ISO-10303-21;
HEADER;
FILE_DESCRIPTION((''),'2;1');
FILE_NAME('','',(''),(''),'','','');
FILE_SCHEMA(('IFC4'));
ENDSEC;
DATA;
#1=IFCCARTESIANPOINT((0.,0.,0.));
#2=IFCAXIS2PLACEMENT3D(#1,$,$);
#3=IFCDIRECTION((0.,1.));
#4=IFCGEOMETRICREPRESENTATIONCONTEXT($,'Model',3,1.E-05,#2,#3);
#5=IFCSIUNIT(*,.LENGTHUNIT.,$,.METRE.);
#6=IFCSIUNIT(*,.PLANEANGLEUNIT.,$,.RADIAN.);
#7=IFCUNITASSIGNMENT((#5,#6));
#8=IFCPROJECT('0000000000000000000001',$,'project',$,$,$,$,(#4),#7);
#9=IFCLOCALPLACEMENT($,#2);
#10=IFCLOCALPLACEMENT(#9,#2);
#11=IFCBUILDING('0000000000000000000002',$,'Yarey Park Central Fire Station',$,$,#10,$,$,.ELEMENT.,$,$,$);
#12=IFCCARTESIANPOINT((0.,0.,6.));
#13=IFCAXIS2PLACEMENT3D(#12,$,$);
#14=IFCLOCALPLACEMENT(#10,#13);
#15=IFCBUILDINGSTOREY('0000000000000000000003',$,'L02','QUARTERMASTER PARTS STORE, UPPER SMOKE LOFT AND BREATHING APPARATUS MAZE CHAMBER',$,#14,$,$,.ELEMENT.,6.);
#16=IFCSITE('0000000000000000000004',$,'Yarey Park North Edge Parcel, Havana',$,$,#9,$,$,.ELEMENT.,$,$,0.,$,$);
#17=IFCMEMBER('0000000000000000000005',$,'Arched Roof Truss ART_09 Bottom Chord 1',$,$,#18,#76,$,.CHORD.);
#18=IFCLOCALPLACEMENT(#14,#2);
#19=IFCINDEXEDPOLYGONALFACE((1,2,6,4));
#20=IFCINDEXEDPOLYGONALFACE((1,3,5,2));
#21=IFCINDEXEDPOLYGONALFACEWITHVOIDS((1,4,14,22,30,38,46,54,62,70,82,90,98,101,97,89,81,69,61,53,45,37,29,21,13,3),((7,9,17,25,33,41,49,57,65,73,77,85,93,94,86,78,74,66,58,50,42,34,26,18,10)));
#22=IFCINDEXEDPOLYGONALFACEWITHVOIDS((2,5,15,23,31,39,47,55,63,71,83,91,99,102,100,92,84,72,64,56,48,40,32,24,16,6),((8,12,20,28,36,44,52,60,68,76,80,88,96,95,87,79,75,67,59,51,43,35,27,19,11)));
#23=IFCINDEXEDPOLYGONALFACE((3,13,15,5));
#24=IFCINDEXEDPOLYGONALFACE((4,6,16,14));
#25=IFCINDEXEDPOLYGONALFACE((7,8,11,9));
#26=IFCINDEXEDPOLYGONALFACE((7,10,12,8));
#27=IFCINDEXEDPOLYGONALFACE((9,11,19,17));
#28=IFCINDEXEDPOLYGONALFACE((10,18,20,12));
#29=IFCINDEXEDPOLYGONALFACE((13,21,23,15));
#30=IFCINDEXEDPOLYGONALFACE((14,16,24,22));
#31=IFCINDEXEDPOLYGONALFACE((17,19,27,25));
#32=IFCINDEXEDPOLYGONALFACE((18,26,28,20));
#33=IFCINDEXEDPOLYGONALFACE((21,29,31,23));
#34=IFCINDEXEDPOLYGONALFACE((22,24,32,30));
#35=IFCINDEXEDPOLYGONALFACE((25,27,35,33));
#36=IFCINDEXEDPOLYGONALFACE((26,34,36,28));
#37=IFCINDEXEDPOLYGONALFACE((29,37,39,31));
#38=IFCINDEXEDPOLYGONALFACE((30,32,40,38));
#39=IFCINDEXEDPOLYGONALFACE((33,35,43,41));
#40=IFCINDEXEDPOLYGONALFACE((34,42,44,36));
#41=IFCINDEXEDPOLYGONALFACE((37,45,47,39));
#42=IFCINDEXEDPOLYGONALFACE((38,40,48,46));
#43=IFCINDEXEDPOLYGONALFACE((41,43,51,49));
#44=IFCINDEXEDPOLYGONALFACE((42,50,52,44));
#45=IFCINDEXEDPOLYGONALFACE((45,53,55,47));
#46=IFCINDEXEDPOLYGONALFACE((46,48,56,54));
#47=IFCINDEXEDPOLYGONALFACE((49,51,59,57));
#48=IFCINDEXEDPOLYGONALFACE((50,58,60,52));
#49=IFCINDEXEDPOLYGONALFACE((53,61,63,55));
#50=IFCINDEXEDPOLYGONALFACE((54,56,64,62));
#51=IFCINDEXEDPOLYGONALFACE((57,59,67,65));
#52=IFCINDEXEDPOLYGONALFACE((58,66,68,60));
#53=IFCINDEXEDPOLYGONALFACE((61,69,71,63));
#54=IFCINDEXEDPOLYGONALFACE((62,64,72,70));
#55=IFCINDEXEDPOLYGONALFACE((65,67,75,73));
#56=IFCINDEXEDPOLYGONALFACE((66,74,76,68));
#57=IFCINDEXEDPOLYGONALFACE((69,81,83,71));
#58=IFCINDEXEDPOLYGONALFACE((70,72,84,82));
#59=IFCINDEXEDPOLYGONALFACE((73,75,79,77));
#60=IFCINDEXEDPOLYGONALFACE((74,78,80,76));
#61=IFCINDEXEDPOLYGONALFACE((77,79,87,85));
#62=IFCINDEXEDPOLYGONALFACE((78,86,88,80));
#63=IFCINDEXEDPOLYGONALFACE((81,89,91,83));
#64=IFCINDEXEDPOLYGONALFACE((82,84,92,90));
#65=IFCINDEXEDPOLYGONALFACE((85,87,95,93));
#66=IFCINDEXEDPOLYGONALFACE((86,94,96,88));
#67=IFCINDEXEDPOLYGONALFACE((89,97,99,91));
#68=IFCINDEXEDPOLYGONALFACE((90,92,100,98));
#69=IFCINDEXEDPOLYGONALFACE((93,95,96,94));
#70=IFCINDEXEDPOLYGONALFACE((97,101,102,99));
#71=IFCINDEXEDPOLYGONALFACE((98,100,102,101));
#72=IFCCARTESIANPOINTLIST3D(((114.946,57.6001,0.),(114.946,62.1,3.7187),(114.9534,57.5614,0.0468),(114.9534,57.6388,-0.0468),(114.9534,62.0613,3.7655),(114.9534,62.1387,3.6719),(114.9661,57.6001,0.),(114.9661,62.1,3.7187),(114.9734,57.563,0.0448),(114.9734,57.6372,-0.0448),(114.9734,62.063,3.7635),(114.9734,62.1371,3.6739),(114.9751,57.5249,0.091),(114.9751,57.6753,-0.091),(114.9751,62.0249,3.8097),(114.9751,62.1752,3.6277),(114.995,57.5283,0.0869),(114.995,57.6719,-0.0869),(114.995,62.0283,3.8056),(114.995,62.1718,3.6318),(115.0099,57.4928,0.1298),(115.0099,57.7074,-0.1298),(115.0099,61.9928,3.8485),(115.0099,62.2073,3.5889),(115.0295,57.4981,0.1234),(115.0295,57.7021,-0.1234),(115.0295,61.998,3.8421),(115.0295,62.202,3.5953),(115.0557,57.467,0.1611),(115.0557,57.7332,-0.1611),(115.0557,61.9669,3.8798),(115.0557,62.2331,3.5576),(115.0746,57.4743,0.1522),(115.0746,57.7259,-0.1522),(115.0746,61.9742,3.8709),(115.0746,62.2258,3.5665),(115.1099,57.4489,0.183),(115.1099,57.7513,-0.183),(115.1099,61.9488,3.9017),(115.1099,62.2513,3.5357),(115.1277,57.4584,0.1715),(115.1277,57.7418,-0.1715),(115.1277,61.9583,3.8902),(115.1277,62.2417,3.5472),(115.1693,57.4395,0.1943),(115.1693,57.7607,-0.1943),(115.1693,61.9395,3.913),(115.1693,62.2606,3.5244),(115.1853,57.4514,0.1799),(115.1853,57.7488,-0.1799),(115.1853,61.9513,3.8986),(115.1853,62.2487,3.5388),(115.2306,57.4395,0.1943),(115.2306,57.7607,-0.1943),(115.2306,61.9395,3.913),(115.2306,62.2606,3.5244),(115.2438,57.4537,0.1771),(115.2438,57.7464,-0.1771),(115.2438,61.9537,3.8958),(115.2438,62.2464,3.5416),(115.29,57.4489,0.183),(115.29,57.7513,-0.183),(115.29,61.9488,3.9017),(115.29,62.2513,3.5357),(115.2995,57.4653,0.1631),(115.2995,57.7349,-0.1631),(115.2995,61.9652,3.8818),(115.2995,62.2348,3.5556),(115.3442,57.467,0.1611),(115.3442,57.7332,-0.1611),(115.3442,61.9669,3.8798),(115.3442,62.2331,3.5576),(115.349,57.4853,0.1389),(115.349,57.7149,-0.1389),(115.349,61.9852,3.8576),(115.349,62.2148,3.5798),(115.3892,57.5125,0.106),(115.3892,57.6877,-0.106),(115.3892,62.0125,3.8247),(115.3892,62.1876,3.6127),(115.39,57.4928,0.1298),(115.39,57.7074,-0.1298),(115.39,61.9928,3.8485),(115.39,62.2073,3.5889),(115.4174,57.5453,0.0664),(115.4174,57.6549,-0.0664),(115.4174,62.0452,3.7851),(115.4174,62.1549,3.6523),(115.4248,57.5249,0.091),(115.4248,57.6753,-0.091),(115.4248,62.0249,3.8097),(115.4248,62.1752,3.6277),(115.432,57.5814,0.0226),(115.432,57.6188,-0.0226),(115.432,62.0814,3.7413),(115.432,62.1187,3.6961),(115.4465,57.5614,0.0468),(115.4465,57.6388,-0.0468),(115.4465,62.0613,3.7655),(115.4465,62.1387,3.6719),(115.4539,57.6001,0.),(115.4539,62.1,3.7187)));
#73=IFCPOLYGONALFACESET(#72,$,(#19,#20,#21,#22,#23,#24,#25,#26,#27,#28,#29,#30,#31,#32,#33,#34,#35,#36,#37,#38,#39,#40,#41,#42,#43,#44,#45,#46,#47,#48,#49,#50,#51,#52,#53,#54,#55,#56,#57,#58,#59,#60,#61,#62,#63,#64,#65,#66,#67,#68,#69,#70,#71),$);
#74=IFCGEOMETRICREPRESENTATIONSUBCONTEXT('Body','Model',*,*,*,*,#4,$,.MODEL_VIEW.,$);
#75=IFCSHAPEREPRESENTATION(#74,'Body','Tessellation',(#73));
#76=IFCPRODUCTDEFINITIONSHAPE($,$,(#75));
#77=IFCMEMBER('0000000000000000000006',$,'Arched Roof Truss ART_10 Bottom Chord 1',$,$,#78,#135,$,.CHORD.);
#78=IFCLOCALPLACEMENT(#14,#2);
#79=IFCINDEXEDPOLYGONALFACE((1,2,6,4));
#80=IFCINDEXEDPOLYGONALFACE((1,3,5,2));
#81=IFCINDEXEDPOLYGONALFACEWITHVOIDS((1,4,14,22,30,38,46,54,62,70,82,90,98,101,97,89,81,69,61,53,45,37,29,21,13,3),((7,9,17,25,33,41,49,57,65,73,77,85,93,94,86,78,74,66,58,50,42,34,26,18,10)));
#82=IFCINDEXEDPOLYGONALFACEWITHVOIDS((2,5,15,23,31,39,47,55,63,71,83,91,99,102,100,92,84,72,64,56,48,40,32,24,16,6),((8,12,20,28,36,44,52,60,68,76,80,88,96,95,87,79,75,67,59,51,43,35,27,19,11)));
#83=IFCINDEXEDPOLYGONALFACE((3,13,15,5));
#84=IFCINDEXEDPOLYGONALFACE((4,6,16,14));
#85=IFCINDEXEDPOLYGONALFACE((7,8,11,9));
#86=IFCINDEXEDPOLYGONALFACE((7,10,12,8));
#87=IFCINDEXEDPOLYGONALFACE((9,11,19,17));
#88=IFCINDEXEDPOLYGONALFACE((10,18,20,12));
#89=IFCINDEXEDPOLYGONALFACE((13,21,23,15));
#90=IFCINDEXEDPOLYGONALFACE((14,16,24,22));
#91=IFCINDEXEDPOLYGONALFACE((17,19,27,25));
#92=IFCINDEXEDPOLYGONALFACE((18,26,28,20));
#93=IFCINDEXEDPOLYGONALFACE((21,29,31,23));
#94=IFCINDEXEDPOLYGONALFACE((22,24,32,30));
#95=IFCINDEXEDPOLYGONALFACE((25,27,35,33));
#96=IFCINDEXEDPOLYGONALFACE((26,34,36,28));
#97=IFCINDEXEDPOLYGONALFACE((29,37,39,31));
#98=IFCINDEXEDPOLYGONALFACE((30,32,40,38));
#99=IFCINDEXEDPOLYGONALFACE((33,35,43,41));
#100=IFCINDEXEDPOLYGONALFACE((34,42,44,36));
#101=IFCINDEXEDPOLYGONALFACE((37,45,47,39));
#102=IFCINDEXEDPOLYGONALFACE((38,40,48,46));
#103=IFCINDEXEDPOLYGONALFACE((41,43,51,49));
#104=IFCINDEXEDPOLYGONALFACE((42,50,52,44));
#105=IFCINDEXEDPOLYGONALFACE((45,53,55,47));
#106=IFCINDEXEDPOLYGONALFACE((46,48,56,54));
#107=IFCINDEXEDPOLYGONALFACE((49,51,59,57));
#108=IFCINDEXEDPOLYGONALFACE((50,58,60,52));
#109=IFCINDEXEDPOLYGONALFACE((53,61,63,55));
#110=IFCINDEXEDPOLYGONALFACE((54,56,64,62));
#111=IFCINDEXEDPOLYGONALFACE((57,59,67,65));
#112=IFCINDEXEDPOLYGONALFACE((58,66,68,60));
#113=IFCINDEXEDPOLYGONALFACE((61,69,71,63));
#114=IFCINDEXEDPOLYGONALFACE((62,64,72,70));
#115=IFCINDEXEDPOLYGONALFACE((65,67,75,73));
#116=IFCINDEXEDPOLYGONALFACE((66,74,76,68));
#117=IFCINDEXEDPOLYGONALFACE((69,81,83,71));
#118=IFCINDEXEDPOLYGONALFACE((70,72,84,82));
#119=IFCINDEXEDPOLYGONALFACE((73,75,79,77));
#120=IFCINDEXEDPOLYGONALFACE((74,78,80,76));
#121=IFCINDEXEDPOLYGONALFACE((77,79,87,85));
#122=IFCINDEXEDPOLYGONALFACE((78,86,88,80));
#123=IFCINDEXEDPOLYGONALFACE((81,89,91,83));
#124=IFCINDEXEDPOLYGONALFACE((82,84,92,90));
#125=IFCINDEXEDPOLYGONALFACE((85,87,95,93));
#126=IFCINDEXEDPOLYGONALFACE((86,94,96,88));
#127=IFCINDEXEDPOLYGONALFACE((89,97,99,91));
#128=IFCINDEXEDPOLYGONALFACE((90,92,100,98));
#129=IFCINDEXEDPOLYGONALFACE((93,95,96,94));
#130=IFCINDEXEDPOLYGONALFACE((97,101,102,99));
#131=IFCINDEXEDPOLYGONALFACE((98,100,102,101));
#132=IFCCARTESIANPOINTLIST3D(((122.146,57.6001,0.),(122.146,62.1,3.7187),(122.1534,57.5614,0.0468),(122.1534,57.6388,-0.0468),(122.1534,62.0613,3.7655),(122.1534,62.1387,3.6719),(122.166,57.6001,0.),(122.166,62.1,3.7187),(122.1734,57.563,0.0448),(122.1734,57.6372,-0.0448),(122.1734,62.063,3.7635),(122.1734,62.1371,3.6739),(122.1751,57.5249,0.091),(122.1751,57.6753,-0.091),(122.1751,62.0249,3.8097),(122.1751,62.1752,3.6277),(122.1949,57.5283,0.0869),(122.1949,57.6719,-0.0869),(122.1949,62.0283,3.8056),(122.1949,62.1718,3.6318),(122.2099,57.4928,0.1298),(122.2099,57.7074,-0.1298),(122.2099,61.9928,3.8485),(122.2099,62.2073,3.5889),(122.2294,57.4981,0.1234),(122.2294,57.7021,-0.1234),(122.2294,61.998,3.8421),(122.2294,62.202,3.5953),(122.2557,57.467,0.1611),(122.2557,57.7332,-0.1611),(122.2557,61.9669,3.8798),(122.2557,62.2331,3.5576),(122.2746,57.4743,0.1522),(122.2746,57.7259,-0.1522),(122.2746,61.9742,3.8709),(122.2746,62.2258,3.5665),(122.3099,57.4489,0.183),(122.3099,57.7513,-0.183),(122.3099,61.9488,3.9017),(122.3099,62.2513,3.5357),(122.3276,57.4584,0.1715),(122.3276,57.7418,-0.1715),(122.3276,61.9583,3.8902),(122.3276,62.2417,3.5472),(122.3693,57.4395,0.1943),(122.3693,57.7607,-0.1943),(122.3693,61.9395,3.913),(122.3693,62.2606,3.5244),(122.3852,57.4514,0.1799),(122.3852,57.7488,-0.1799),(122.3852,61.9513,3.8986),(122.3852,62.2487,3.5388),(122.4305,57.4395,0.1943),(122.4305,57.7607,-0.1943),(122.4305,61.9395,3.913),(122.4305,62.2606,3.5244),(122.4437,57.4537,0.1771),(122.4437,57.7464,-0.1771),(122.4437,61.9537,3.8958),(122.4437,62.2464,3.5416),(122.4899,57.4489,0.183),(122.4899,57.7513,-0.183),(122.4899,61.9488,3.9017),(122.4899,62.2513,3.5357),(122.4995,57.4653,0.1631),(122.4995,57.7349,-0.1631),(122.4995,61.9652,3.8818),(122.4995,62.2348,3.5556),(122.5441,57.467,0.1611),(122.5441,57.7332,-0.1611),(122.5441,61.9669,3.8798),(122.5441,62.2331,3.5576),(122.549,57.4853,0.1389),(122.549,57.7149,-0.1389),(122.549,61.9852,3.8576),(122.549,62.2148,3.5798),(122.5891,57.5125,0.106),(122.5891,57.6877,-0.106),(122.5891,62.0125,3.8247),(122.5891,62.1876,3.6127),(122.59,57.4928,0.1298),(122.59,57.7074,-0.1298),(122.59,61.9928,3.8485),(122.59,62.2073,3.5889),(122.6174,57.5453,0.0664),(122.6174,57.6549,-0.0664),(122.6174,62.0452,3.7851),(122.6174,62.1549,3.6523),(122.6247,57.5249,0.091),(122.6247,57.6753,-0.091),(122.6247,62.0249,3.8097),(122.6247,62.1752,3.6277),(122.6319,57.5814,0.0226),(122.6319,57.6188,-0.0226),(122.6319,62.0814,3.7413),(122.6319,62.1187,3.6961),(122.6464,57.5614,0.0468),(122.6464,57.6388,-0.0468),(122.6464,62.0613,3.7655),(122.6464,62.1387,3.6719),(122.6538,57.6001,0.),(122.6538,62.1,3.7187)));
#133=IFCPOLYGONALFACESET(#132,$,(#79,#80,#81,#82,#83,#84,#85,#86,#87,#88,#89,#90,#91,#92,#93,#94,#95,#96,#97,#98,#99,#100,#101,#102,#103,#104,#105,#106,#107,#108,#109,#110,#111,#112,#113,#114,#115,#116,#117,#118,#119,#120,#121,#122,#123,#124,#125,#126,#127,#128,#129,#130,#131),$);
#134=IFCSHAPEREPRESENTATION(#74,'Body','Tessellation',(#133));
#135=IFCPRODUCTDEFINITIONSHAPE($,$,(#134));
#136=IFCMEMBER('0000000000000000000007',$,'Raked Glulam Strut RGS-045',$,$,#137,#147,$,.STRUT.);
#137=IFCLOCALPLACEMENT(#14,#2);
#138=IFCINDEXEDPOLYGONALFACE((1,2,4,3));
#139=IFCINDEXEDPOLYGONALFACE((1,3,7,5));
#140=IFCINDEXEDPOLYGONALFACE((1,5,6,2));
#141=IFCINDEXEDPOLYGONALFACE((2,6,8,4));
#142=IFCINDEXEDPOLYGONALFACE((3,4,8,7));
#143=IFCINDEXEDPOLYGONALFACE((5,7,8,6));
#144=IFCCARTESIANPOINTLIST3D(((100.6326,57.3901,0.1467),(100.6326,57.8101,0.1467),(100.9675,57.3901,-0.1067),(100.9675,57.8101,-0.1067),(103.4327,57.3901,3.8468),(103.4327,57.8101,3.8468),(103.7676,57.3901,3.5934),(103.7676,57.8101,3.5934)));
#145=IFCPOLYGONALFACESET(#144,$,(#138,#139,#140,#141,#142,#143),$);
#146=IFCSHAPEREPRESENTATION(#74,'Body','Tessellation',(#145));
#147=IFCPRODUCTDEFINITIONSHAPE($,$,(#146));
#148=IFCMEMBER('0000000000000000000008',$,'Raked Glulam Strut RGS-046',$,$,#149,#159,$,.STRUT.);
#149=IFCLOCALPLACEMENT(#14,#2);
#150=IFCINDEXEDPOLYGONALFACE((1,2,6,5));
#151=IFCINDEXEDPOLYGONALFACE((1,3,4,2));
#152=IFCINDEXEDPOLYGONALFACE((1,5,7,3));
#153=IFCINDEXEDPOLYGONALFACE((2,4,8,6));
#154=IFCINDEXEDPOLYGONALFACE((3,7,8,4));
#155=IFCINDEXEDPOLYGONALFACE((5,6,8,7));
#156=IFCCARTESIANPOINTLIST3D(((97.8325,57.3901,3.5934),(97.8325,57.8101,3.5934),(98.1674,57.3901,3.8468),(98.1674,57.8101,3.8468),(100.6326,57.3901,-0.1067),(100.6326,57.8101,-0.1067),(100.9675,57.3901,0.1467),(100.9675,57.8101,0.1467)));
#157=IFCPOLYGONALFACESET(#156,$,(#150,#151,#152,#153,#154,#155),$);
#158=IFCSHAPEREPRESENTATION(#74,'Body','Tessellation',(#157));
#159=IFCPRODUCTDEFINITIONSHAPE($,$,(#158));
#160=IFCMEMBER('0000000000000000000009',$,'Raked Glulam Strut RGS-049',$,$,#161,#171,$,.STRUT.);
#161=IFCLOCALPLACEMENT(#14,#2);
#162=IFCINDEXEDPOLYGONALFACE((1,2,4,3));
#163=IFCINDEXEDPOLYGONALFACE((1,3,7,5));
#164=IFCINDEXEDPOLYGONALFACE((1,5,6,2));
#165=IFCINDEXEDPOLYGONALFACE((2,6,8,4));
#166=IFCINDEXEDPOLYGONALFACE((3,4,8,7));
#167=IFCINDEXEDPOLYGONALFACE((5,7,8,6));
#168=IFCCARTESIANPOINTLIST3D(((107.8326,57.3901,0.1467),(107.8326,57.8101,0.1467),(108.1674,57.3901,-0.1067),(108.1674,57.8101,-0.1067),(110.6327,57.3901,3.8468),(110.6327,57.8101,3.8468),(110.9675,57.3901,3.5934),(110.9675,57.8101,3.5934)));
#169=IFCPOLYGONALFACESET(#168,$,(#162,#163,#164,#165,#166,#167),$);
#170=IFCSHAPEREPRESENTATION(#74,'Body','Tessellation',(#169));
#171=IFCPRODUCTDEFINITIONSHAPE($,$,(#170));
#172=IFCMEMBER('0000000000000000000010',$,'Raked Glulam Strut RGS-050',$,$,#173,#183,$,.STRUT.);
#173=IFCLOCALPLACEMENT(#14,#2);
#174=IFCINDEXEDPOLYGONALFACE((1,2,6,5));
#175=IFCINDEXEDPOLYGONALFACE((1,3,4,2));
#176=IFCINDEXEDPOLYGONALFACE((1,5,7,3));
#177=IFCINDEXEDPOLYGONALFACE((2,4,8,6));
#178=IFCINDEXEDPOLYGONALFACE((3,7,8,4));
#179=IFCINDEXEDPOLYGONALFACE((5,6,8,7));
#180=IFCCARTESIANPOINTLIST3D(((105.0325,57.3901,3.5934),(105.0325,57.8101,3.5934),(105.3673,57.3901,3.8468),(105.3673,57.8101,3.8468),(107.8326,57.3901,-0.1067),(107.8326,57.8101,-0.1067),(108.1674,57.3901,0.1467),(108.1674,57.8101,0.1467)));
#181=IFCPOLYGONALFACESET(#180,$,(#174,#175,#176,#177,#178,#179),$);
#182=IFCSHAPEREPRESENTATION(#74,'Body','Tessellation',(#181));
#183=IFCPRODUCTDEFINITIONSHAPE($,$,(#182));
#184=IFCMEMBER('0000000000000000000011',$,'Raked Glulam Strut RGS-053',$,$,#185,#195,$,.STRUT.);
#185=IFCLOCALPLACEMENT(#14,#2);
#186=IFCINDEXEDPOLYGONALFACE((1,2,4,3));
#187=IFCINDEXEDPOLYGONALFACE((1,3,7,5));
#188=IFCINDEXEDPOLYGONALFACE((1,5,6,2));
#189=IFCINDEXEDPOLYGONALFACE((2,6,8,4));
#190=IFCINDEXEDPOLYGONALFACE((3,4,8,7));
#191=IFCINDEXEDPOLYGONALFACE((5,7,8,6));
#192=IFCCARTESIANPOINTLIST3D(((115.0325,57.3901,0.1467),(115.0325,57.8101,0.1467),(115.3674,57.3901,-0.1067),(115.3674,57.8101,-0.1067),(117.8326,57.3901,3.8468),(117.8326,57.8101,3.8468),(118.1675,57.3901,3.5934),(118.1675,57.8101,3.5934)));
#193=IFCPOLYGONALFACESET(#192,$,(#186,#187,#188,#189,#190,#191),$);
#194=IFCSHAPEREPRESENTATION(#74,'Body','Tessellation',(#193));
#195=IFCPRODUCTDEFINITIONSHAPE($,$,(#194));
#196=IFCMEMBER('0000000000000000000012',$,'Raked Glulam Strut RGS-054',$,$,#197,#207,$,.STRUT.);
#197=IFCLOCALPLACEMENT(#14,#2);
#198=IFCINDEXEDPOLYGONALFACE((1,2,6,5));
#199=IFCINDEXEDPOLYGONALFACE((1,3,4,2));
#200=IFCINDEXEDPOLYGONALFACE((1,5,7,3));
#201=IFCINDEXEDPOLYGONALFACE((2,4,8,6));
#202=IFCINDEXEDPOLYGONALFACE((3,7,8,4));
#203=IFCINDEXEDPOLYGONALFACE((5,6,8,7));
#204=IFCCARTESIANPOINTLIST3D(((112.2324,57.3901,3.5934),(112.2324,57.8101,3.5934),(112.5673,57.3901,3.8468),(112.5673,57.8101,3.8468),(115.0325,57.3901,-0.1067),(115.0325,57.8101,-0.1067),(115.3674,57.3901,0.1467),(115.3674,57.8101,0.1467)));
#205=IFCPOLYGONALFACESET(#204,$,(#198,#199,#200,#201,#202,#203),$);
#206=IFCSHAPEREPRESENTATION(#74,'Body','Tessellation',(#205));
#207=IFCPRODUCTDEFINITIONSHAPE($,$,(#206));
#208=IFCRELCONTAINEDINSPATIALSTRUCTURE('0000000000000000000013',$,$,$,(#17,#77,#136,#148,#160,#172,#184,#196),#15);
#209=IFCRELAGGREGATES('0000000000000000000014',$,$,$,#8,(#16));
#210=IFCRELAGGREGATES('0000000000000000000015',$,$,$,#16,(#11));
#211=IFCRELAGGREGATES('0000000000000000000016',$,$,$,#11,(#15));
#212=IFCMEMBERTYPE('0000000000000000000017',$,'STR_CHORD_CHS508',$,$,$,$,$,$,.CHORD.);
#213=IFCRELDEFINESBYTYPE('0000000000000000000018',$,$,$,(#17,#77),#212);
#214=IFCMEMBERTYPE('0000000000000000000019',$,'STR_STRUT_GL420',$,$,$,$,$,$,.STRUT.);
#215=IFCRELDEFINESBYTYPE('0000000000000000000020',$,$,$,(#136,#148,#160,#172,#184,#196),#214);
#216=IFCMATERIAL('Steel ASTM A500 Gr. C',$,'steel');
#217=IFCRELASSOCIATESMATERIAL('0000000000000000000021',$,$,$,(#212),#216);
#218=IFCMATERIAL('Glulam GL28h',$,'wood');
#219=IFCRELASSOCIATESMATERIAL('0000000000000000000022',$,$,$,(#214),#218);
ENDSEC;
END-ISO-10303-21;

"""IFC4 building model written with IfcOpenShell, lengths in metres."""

from ifc_helpers import new_model, si_unit, direction, frame, origin, origin_2d, place, context, subcontext, project, spatial, rectangle, hollow_circle, extrude, material, material_profile, profile_set, type_object, element, save


model = new_model("IFC4")

# Units and contexts
model_context = context("Model", 3, precision=1e-05, world=origin(), true_north=direction((0.0, 1.0)))
body_context = subcontext(model_context, "Body", "Model", "MODEL_VIEW")
ifc_project = project(units=[si_unit("LENGTHUNIT", "METRE"), si_unit("PLANEANGLEUNIT", "RADIAN")], contexts=[model_context])

# Site, building, storey
site_placement = place(None, origin())
site = spatial("IfcSite", under=ifc_project, at=site_placement, Name="Yarey Park North Edge Parcel, Havana", CompositionType="ELEMENT", RefElevation=0.0)
building_placement = place(site_placement, origin())
building = spatial("IfcBuilding", under=site, at=building_placement, Name="Yarey Park Central Fire Station", CompositionType="ELEMENT")
storey_placement = place(building_placement, frame((0.0, 0.0, 6.0)))
storey = spatial("IfcBuildingStorey", under=building, at=storey_placement, Name="L02", Description="QUARTERMASTER PARTS STORE, UPPER SMOKE LOFT AND BREATHING APPARATUS MAZE CHAMBER", CompositionType="ELEMENT", Elevation=6.0)

# Members
ifc_material_1 = material(Name="Steel ASTM A500 Gr. C", Category="steel")
ifc_material_profile_1 = material_profile(ifc_material_1, hollow_circle(Radius=0.2539, WallThickness=0.02, at=origin_2d()), Name="CHS 508x20")
ifc_profile_set_1 = profile_set([ifc_material_profile_1], Name="Steel ASTM A500 Gr. C")
member_type_1 = type_object("IfcMemberType", Name="STR_CHORD_CHS508", PredefinedType="CHORD", material=ifc_profile_set_1)
for number, where, z_axis, x_axis, name in (
    (1, (115.2, 57.6001, 0.0), (0.0, 0.770847, 0.63702), (-1.0, 0.0, 0.0), "Arched Roof Truss ART_09 Bottom Chord 1"),
    (2, (122.3999, 57.6001, 0.0), (0.0, 0.770847, 0.63702), (-1.0, 0.0, 0.0), "Arched Roof Truss ART_10 Bottom Chord 1"),
):
    element("IfcMember", number, at=place(storey_placement, frame(where, z_axis=z_axis, x_axis=x_axis)), inside=storey, type_object=member_type_1, Name=name, PredefinedType="CHORD", context=body_context, shape_type="SweptSolid", body=[
        extrude(hollow_circle(Radius=0.2539, WallThickness=0.02, at=origin_2d()), origin(), (0.0, 0.0, 1.0), 5.8376),
    ])
ifc_material_2 = material(Name="Glulam GL28h", Category="wood")
ifc_material_profile_2 = material_profile(ifc_material_2, rectangle(XDim=0.4199, YDim=0.4199, at=origin_2d()), Name="GL 420x420")
ifc_profile_set_2 = profile_set([ifc_material_profile_2], Name="Glulam GL28h")
member_type_2 = type_object("IfcMemberType", Name="STR_STRUT_GL420", PredefinedType="STRUT", material=ifc_profile_set_2)
for number, where, z_axis, x_axis, name in (
    (3, (100.8, 57.6001, 0.02), (0.603454, 0.0, 0.797397), (0.0, 1.0, 0.0), "Raked Glulam Strut RGS-045"),
    (4, (100.8, 57.6001, 0.02), (-0.603454, 0.0, 0.797397), (0.0, -1.0, 0.0), "Raked Glulam Strut RGS-046"),
    (5, (108.0, 57.6001, 0.02), (0.603454, 0.0, 0.797397), (0.0, 1.0, 0.0), "Raked Glulam Strut RGS-049"),
    (6, (108.0, 57.6001, 0.02), (-0.603454, 0.0, 0.797397), (0.0, -1.0, 0.0), "Raked Glulam Strut RGS-050"),
    (7, (115.2, 57.6001, 0.02), (0.603454, 0.0, 0.797397), (0.0, 1.0, 0.0), "Raked Glulam Strut RGS-053"),
    (8, (115.2, 57.6001, 0.02), (-0.603454, 0.0, 0.797397), (0.0, -1.0, 0.0), "Raked Glulam Strut RGS-054"),
):
    element("IfcMember", number, at=place(storey_placement, frame(where, z_axis=z_axis, x_axis=x_axis)), inside=storey, type_object=member_type_2, Name=name, PredefinedType="STRUT", context=body_context, shape_type="SweptSolid", body=[
        extrude(rectangle(XDim=0.4199, YDim=0.4199, at=origin_2d()), origin(), (0.0, 0.0, 1.0), 4.6401),
    ])

save(model, "model.ifc")
